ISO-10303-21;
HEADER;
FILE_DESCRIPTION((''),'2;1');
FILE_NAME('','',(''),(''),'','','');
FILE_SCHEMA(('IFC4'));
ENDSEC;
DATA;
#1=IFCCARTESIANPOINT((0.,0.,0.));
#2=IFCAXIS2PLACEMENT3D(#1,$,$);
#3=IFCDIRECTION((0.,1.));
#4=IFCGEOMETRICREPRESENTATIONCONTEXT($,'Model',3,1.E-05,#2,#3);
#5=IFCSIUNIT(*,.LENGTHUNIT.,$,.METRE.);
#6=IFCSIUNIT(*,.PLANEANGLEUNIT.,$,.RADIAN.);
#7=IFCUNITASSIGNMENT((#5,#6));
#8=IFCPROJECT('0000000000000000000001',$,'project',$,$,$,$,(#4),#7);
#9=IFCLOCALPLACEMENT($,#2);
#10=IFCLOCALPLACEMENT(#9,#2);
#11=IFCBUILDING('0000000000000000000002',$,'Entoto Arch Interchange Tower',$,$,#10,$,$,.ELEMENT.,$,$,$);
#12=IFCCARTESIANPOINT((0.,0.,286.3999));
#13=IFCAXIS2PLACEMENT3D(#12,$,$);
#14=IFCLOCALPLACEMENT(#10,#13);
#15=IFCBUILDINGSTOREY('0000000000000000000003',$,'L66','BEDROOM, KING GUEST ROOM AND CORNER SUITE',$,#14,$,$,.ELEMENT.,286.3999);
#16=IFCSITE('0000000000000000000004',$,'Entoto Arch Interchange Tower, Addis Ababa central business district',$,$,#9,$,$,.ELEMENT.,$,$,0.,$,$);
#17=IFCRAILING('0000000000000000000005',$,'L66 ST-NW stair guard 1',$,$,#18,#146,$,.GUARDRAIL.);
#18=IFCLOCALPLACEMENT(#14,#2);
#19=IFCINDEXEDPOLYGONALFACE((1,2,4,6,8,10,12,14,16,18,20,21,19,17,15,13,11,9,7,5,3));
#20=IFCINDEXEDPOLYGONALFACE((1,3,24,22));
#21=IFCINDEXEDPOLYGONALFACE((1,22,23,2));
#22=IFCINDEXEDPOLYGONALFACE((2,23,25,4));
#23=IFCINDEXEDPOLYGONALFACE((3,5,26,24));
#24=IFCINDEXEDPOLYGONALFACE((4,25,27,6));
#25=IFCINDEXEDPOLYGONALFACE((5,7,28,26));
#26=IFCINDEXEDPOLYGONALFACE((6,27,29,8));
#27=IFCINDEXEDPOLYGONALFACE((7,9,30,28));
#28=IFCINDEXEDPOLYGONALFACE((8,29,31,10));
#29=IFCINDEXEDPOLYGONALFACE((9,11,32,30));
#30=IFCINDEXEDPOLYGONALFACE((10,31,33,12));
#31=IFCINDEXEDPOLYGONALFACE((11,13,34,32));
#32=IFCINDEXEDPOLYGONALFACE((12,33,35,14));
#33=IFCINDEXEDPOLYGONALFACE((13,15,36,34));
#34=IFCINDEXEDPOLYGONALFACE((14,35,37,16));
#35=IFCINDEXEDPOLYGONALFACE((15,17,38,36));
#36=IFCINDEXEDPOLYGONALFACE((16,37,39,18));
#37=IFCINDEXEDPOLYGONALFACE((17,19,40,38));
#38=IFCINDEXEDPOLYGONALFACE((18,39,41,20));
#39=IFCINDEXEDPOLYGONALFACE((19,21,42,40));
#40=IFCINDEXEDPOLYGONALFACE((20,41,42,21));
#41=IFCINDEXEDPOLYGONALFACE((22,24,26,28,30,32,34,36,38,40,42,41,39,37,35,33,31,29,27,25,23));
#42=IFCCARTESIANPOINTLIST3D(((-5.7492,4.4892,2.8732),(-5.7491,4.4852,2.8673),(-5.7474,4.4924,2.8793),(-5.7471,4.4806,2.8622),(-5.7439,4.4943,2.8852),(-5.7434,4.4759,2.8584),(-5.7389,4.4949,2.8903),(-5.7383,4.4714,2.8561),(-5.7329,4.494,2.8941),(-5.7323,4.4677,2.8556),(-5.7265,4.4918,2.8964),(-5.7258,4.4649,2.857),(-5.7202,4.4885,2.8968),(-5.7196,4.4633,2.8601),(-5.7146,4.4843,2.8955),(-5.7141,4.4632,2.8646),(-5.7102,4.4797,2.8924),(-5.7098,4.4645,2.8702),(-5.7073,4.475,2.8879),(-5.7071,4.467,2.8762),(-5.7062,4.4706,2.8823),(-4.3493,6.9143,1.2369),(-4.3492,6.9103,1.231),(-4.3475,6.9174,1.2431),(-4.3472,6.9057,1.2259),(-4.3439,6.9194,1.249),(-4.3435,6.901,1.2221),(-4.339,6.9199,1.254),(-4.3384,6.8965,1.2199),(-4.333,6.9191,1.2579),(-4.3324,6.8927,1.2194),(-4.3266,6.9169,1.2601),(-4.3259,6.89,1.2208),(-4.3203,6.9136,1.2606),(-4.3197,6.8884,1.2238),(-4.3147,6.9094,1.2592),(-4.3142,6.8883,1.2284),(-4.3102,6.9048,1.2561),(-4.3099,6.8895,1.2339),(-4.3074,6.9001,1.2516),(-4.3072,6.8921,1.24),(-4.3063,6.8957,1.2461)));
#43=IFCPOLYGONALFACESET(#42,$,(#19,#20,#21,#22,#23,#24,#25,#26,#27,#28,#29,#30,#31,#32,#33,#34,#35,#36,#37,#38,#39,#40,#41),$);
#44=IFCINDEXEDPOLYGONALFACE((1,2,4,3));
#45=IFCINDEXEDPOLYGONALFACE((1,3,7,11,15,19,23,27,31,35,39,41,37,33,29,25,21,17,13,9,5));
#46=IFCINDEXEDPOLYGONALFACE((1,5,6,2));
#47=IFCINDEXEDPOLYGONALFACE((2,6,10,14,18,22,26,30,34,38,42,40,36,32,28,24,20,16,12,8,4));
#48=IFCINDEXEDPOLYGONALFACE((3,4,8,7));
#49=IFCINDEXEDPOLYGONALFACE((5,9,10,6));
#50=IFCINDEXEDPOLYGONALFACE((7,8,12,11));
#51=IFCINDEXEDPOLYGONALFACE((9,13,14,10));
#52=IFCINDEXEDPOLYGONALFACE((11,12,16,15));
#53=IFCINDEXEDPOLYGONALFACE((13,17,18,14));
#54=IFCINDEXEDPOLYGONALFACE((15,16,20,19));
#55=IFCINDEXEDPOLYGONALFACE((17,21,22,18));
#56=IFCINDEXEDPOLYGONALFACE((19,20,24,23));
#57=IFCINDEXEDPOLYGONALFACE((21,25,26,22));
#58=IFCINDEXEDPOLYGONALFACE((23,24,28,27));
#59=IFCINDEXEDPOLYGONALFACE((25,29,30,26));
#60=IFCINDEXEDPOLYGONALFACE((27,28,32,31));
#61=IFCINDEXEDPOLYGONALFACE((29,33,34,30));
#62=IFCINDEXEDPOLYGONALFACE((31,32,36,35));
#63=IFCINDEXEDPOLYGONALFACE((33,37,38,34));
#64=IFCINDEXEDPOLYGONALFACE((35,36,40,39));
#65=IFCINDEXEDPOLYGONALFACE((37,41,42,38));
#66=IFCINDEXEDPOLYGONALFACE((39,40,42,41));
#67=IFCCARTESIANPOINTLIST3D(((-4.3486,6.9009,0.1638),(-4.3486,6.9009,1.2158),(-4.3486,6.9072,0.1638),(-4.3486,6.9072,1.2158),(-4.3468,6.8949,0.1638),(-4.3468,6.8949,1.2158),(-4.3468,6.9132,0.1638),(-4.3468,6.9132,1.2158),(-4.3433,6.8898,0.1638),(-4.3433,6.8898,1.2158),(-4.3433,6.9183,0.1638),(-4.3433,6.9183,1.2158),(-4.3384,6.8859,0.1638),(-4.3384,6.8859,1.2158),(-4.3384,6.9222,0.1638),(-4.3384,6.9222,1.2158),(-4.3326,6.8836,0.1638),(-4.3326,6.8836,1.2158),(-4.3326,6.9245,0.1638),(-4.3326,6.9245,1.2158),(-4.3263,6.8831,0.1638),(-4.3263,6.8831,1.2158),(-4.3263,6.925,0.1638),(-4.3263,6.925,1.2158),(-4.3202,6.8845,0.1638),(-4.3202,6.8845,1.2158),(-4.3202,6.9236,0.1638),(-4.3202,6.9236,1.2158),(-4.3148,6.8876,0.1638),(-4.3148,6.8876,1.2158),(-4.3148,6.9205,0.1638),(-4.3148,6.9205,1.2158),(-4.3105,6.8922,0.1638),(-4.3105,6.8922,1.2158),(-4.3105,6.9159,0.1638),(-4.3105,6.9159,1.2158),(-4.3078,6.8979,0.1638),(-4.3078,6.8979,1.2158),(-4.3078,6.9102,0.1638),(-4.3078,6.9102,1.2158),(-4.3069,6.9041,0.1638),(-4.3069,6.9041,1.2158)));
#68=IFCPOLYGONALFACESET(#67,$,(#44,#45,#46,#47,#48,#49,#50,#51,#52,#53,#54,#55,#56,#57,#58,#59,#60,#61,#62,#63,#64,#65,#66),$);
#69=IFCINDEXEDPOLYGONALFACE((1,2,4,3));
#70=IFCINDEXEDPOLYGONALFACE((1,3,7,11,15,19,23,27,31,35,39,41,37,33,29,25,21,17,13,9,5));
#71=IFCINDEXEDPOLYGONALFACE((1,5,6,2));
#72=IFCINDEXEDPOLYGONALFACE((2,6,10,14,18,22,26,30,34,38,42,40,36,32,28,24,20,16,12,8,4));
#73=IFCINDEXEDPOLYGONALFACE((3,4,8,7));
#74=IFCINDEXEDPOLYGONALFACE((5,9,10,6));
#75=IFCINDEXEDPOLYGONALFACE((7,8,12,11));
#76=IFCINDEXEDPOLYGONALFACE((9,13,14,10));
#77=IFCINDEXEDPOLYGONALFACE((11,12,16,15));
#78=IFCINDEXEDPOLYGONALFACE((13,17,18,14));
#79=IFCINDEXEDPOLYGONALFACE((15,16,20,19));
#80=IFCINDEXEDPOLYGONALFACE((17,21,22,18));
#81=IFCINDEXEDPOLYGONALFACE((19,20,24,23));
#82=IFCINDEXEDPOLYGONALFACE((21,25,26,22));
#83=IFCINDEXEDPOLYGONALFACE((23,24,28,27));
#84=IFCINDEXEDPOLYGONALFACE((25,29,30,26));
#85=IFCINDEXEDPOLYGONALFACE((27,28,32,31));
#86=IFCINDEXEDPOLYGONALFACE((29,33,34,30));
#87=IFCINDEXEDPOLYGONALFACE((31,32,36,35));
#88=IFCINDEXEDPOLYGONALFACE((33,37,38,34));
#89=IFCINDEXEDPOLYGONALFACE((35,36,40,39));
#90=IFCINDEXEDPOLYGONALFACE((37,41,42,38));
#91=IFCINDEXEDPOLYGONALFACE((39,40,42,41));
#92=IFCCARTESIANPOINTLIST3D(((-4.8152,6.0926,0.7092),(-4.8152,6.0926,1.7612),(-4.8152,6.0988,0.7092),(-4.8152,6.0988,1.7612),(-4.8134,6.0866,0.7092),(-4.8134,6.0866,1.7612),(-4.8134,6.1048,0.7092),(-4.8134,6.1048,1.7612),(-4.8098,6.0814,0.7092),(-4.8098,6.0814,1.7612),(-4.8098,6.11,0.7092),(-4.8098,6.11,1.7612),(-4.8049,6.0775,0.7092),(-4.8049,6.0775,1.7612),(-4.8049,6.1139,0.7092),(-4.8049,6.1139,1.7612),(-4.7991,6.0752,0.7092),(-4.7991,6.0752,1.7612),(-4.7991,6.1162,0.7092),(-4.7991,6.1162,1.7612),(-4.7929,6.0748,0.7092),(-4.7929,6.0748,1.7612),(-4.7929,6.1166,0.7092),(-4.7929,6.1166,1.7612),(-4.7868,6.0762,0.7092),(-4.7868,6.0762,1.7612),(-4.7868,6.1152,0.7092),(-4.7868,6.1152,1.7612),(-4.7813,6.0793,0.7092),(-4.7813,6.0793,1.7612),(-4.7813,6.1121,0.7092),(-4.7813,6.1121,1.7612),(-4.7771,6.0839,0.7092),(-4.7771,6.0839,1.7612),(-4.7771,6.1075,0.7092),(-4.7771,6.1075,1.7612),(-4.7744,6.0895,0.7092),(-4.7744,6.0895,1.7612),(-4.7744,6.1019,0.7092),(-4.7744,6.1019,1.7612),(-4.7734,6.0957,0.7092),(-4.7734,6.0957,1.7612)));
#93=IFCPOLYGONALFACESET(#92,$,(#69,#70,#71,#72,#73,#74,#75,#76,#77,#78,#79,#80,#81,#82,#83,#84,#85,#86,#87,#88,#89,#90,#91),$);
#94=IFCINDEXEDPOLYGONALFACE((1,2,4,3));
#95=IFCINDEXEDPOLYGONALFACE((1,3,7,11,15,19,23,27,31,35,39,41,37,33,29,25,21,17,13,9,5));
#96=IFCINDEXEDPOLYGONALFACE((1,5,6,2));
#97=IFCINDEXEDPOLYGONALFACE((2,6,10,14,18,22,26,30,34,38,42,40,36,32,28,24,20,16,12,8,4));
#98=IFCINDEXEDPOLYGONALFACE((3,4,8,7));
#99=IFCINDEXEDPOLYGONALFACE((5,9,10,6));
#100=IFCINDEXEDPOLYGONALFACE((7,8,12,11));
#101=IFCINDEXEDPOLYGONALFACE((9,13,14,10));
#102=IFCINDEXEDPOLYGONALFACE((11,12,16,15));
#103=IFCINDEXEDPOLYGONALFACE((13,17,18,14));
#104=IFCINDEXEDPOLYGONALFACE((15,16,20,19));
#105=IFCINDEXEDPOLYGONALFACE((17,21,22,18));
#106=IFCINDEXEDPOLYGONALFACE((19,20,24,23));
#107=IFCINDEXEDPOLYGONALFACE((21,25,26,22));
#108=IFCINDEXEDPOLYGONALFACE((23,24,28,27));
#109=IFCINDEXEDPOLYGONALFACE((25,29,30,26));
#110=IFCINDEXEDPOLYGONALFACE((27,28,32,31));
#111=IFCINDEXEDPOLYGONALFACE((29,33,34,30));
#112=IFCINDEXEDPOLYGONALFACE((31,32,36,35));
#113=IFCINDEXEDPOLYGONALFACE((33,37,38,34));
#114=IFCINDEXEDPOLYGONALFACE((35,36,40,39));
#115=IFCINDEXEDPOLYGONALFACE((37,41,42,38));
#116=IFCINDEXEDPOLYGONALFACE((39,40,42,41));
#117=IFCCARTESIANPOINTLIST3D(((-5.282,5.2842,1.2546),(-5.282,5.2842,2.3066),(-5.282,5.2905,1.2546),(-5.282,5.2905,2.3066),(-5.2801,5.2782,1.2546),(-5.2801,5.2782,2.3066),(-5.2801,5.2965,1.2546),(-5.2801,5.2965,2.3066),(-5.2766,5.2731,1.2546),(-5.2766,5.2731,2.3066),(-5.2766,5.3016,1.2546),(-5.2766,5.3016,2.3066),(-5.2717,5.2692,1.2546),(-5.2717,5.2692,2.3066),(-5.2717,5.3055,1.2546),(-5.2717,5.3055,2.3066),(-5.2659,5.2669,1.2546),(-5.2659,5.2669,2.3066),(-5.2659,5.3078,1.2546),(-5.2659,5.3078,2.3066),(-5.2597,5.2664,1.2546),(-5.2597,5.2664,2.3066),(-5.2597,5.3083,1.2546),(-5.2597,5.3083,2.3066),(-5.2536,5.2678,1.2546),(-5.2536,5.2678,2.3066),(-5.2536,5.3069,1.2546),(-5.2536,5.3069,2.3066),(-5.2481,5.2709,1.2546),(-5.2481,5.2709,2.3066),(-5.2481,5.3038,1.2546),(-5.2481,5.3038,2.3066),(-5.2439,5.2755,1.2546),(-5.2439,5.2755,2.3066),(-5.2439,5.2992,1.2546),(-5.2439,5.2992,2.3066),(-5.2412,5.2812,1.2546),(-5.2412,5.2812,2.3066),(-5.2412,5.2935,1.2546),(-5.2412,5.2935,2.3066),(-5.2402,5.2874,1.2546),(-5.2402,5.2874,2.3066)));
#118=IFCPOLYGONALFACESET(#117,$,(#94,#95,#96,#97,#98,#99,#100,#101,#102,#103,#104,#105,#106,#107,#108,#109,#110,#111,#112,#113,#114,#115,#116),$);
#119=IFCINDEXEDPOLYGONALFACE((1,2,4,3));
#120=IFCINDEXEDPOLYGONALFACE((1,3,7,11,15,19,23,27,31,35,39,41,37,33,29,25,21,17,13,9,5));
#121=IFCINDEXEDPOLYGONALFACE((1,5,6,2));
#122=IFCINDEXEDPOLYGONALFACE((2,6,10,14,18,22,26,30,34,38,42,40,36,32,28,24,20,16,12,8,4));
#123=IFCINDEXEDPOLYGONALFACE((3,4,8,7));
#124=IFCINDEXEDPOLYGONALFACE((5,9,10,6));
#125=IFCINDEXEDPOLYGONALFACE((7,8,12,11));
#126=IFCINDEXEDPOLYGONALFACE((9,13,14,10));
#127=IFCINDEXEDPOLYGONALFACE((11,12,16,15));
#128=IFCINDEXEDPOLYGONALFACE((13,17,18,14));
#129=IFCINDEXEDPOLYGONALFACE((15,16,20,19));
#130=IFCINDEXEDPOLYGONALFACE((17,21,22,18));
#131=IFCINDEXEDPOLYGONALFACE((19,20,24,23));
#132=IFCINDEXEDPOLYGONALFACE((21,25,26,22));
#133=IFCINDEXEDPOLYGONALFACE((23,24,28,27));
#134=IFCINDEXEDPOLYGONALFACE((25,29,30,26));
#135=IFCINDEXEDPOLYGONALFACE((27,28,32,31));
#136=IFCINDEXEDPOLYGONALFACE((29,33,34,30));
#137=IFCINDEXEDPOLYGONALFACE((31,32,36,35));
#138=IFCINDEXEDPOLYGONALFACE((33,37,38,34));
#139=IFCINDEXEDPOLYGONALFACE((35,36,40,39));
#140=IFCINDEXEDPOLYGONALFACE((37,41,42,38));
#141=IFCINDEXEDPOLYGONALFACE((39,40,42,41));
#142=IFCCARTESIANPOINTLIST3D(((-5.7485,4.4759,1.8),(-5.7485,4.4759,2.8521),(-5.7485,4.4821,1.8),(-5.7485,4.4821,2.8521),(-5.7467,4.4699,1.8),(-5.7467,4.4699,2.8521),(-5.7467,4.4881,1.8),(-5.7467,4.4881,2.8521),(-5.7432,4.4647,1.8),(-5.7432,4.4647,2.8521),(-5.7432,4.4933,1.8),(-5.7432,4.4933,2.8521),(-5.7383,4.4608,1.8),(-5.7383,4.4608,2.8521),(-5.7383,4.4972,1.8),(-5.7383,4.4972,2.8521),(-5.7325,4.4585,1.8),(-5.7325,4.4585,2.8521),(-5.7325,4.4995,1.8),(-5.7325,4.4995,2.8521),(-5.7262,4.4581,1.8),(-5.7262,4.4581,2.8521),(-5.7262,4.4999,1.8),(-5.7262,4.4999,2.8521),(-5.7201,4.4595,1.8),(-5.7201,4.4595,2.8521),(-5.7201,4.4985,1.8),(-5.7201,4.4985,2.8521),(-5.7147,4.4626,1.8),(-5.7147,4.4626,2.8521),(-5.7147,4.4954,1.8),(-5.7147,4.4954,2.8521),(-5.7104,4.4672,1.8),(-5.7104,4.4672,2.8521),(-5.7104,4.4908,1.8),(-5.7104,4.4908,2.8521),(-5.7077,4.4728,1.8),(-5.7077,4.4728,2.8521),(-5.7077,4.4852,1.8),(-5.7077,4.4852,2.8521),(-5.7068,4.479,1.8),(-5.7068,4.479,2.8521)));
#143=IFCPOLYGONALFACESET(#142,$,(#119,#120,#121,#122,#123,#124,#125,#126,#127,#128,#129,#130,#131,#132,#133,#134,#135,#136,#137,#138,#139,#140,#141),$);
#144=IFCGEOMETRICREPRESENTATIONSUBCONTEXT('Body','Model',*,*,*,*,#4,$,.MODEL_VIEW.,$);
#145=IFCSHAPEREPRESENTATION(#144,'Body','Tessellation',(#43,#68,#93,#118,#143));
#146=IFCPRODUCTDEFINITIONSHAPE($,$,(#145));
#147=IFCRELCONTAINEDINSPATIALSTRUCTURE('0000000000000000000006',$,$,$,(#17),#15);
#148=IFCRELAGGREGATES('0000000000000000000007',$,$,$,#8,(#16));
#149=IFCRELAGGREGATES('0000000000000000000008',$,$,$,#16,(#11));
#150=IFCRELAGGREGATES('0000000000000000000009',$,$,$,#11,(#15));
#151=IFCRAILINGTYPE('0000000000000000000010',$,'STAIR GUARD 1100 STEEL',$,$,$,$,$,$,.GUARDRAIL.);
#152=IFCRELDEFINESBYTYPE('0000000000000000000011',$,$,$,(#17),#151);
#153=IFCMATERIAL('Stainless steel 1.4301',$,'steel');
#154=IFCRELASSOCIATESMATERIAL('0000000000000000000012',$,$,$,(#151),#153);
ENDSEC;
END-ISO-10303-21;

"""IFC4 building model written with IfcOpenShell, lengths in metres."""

from ifc_helpers import new_model, si_unit, direction, frame, origin, origin_2d, place, context, subcontext, project, spatial, circle, extrude, material, type_object, element, save


model = new_model("IFC4")

# Units and contexts
model_context = context("Model", 3, precision=1e-05, world=origin(), true_north=direction((0.0, 1.0)))
body_context = subcontext(model_context, "Body", "Model", "MODEL_VIEW")
ifc_project = project(units=[si_unit("LENGTHUNIT", "METRE"), si_unit("PLANEANGLEUNIT", "RADIAN")], contexts=[model_context])

# Site, building, storey
site_placement = place(None, origin())
site = spatial("IfcSite", under=ifc_project, at=site_placement, Name="Entoto Arch Interchange Tower, Addis Ababa central business district", CompositionType="ELEMENT", RefElevation=0.0)
building_placement = place(site_placement, origin())
building = spatial("IfcBuilding", under=site, at=building_placement, Name="Entoto Arch Interchange Tower", CompositionType="ELEMENT")
storey_placement = place(building_placement, frame((0.0, 0.0, 286.3999)))
storey = spatial("IfcBuildingStorey", under=building, at=storey_placement, Name="L66", Description="BEDROOM, KING GUEST ROOM AND CORNER SUITE", CompositionType="ELEMENT", Elevation=286.3999)

# Railing
ifc_material_1 = material(Name="Stainless steel 1.4301", Category="steel")
railing_type_1 = type_object("IfcRailingType", Name="STAIR GUARD 1100 STEEL", PredefinedType="GUARDRAIL", material=ifc_material_1)
railing_1_placement = place(storey_placement, frame((-4.3279, 6.9041, 0.1638)))
element("IfcRailing", 1, at=railing_1_placement, inside=storey, type_object=railing_type_1, Name="L66 ST-NW stair guard 1", PredefinedType="GUARDRAIL", context=body_context, shape_type="SweptSolid", body=[
    extrude(circle(Radius=0.0239, at=origin_2d()), frame((0.0, 0.0, 1.0762), z_axis=(-0.431653, -0.747751, 0.504523), x_axis=(0.866056, -0.499946, 0.0)), (0.0, 0.0, 1.0), 3.2432),
    extrude(circle(Radius=0.021, at=origin_2d()), origin(), (0.0, 0.0, 1.0), 1.052),
    extrude(circle(Radius=0.021, at=origin_2d()), frame((-0.4666, -0.8083, 0.5454)), (0.0, 0.0, 1.0), 1.052),
    extrude(circle(Radius=0.021, at=origin_2d()), frame((-0.9333, -1.6167, 1.0908)), (0.0, 0.0, 1.0), 1.052),
    extrude(circle(Radius=0.021, at=origin_2d()), frame((-1.3999, -2.425, 1.6362)), (0.0, 0.0, 1.0), 1.052),
])

save(model, "model.ifc")
